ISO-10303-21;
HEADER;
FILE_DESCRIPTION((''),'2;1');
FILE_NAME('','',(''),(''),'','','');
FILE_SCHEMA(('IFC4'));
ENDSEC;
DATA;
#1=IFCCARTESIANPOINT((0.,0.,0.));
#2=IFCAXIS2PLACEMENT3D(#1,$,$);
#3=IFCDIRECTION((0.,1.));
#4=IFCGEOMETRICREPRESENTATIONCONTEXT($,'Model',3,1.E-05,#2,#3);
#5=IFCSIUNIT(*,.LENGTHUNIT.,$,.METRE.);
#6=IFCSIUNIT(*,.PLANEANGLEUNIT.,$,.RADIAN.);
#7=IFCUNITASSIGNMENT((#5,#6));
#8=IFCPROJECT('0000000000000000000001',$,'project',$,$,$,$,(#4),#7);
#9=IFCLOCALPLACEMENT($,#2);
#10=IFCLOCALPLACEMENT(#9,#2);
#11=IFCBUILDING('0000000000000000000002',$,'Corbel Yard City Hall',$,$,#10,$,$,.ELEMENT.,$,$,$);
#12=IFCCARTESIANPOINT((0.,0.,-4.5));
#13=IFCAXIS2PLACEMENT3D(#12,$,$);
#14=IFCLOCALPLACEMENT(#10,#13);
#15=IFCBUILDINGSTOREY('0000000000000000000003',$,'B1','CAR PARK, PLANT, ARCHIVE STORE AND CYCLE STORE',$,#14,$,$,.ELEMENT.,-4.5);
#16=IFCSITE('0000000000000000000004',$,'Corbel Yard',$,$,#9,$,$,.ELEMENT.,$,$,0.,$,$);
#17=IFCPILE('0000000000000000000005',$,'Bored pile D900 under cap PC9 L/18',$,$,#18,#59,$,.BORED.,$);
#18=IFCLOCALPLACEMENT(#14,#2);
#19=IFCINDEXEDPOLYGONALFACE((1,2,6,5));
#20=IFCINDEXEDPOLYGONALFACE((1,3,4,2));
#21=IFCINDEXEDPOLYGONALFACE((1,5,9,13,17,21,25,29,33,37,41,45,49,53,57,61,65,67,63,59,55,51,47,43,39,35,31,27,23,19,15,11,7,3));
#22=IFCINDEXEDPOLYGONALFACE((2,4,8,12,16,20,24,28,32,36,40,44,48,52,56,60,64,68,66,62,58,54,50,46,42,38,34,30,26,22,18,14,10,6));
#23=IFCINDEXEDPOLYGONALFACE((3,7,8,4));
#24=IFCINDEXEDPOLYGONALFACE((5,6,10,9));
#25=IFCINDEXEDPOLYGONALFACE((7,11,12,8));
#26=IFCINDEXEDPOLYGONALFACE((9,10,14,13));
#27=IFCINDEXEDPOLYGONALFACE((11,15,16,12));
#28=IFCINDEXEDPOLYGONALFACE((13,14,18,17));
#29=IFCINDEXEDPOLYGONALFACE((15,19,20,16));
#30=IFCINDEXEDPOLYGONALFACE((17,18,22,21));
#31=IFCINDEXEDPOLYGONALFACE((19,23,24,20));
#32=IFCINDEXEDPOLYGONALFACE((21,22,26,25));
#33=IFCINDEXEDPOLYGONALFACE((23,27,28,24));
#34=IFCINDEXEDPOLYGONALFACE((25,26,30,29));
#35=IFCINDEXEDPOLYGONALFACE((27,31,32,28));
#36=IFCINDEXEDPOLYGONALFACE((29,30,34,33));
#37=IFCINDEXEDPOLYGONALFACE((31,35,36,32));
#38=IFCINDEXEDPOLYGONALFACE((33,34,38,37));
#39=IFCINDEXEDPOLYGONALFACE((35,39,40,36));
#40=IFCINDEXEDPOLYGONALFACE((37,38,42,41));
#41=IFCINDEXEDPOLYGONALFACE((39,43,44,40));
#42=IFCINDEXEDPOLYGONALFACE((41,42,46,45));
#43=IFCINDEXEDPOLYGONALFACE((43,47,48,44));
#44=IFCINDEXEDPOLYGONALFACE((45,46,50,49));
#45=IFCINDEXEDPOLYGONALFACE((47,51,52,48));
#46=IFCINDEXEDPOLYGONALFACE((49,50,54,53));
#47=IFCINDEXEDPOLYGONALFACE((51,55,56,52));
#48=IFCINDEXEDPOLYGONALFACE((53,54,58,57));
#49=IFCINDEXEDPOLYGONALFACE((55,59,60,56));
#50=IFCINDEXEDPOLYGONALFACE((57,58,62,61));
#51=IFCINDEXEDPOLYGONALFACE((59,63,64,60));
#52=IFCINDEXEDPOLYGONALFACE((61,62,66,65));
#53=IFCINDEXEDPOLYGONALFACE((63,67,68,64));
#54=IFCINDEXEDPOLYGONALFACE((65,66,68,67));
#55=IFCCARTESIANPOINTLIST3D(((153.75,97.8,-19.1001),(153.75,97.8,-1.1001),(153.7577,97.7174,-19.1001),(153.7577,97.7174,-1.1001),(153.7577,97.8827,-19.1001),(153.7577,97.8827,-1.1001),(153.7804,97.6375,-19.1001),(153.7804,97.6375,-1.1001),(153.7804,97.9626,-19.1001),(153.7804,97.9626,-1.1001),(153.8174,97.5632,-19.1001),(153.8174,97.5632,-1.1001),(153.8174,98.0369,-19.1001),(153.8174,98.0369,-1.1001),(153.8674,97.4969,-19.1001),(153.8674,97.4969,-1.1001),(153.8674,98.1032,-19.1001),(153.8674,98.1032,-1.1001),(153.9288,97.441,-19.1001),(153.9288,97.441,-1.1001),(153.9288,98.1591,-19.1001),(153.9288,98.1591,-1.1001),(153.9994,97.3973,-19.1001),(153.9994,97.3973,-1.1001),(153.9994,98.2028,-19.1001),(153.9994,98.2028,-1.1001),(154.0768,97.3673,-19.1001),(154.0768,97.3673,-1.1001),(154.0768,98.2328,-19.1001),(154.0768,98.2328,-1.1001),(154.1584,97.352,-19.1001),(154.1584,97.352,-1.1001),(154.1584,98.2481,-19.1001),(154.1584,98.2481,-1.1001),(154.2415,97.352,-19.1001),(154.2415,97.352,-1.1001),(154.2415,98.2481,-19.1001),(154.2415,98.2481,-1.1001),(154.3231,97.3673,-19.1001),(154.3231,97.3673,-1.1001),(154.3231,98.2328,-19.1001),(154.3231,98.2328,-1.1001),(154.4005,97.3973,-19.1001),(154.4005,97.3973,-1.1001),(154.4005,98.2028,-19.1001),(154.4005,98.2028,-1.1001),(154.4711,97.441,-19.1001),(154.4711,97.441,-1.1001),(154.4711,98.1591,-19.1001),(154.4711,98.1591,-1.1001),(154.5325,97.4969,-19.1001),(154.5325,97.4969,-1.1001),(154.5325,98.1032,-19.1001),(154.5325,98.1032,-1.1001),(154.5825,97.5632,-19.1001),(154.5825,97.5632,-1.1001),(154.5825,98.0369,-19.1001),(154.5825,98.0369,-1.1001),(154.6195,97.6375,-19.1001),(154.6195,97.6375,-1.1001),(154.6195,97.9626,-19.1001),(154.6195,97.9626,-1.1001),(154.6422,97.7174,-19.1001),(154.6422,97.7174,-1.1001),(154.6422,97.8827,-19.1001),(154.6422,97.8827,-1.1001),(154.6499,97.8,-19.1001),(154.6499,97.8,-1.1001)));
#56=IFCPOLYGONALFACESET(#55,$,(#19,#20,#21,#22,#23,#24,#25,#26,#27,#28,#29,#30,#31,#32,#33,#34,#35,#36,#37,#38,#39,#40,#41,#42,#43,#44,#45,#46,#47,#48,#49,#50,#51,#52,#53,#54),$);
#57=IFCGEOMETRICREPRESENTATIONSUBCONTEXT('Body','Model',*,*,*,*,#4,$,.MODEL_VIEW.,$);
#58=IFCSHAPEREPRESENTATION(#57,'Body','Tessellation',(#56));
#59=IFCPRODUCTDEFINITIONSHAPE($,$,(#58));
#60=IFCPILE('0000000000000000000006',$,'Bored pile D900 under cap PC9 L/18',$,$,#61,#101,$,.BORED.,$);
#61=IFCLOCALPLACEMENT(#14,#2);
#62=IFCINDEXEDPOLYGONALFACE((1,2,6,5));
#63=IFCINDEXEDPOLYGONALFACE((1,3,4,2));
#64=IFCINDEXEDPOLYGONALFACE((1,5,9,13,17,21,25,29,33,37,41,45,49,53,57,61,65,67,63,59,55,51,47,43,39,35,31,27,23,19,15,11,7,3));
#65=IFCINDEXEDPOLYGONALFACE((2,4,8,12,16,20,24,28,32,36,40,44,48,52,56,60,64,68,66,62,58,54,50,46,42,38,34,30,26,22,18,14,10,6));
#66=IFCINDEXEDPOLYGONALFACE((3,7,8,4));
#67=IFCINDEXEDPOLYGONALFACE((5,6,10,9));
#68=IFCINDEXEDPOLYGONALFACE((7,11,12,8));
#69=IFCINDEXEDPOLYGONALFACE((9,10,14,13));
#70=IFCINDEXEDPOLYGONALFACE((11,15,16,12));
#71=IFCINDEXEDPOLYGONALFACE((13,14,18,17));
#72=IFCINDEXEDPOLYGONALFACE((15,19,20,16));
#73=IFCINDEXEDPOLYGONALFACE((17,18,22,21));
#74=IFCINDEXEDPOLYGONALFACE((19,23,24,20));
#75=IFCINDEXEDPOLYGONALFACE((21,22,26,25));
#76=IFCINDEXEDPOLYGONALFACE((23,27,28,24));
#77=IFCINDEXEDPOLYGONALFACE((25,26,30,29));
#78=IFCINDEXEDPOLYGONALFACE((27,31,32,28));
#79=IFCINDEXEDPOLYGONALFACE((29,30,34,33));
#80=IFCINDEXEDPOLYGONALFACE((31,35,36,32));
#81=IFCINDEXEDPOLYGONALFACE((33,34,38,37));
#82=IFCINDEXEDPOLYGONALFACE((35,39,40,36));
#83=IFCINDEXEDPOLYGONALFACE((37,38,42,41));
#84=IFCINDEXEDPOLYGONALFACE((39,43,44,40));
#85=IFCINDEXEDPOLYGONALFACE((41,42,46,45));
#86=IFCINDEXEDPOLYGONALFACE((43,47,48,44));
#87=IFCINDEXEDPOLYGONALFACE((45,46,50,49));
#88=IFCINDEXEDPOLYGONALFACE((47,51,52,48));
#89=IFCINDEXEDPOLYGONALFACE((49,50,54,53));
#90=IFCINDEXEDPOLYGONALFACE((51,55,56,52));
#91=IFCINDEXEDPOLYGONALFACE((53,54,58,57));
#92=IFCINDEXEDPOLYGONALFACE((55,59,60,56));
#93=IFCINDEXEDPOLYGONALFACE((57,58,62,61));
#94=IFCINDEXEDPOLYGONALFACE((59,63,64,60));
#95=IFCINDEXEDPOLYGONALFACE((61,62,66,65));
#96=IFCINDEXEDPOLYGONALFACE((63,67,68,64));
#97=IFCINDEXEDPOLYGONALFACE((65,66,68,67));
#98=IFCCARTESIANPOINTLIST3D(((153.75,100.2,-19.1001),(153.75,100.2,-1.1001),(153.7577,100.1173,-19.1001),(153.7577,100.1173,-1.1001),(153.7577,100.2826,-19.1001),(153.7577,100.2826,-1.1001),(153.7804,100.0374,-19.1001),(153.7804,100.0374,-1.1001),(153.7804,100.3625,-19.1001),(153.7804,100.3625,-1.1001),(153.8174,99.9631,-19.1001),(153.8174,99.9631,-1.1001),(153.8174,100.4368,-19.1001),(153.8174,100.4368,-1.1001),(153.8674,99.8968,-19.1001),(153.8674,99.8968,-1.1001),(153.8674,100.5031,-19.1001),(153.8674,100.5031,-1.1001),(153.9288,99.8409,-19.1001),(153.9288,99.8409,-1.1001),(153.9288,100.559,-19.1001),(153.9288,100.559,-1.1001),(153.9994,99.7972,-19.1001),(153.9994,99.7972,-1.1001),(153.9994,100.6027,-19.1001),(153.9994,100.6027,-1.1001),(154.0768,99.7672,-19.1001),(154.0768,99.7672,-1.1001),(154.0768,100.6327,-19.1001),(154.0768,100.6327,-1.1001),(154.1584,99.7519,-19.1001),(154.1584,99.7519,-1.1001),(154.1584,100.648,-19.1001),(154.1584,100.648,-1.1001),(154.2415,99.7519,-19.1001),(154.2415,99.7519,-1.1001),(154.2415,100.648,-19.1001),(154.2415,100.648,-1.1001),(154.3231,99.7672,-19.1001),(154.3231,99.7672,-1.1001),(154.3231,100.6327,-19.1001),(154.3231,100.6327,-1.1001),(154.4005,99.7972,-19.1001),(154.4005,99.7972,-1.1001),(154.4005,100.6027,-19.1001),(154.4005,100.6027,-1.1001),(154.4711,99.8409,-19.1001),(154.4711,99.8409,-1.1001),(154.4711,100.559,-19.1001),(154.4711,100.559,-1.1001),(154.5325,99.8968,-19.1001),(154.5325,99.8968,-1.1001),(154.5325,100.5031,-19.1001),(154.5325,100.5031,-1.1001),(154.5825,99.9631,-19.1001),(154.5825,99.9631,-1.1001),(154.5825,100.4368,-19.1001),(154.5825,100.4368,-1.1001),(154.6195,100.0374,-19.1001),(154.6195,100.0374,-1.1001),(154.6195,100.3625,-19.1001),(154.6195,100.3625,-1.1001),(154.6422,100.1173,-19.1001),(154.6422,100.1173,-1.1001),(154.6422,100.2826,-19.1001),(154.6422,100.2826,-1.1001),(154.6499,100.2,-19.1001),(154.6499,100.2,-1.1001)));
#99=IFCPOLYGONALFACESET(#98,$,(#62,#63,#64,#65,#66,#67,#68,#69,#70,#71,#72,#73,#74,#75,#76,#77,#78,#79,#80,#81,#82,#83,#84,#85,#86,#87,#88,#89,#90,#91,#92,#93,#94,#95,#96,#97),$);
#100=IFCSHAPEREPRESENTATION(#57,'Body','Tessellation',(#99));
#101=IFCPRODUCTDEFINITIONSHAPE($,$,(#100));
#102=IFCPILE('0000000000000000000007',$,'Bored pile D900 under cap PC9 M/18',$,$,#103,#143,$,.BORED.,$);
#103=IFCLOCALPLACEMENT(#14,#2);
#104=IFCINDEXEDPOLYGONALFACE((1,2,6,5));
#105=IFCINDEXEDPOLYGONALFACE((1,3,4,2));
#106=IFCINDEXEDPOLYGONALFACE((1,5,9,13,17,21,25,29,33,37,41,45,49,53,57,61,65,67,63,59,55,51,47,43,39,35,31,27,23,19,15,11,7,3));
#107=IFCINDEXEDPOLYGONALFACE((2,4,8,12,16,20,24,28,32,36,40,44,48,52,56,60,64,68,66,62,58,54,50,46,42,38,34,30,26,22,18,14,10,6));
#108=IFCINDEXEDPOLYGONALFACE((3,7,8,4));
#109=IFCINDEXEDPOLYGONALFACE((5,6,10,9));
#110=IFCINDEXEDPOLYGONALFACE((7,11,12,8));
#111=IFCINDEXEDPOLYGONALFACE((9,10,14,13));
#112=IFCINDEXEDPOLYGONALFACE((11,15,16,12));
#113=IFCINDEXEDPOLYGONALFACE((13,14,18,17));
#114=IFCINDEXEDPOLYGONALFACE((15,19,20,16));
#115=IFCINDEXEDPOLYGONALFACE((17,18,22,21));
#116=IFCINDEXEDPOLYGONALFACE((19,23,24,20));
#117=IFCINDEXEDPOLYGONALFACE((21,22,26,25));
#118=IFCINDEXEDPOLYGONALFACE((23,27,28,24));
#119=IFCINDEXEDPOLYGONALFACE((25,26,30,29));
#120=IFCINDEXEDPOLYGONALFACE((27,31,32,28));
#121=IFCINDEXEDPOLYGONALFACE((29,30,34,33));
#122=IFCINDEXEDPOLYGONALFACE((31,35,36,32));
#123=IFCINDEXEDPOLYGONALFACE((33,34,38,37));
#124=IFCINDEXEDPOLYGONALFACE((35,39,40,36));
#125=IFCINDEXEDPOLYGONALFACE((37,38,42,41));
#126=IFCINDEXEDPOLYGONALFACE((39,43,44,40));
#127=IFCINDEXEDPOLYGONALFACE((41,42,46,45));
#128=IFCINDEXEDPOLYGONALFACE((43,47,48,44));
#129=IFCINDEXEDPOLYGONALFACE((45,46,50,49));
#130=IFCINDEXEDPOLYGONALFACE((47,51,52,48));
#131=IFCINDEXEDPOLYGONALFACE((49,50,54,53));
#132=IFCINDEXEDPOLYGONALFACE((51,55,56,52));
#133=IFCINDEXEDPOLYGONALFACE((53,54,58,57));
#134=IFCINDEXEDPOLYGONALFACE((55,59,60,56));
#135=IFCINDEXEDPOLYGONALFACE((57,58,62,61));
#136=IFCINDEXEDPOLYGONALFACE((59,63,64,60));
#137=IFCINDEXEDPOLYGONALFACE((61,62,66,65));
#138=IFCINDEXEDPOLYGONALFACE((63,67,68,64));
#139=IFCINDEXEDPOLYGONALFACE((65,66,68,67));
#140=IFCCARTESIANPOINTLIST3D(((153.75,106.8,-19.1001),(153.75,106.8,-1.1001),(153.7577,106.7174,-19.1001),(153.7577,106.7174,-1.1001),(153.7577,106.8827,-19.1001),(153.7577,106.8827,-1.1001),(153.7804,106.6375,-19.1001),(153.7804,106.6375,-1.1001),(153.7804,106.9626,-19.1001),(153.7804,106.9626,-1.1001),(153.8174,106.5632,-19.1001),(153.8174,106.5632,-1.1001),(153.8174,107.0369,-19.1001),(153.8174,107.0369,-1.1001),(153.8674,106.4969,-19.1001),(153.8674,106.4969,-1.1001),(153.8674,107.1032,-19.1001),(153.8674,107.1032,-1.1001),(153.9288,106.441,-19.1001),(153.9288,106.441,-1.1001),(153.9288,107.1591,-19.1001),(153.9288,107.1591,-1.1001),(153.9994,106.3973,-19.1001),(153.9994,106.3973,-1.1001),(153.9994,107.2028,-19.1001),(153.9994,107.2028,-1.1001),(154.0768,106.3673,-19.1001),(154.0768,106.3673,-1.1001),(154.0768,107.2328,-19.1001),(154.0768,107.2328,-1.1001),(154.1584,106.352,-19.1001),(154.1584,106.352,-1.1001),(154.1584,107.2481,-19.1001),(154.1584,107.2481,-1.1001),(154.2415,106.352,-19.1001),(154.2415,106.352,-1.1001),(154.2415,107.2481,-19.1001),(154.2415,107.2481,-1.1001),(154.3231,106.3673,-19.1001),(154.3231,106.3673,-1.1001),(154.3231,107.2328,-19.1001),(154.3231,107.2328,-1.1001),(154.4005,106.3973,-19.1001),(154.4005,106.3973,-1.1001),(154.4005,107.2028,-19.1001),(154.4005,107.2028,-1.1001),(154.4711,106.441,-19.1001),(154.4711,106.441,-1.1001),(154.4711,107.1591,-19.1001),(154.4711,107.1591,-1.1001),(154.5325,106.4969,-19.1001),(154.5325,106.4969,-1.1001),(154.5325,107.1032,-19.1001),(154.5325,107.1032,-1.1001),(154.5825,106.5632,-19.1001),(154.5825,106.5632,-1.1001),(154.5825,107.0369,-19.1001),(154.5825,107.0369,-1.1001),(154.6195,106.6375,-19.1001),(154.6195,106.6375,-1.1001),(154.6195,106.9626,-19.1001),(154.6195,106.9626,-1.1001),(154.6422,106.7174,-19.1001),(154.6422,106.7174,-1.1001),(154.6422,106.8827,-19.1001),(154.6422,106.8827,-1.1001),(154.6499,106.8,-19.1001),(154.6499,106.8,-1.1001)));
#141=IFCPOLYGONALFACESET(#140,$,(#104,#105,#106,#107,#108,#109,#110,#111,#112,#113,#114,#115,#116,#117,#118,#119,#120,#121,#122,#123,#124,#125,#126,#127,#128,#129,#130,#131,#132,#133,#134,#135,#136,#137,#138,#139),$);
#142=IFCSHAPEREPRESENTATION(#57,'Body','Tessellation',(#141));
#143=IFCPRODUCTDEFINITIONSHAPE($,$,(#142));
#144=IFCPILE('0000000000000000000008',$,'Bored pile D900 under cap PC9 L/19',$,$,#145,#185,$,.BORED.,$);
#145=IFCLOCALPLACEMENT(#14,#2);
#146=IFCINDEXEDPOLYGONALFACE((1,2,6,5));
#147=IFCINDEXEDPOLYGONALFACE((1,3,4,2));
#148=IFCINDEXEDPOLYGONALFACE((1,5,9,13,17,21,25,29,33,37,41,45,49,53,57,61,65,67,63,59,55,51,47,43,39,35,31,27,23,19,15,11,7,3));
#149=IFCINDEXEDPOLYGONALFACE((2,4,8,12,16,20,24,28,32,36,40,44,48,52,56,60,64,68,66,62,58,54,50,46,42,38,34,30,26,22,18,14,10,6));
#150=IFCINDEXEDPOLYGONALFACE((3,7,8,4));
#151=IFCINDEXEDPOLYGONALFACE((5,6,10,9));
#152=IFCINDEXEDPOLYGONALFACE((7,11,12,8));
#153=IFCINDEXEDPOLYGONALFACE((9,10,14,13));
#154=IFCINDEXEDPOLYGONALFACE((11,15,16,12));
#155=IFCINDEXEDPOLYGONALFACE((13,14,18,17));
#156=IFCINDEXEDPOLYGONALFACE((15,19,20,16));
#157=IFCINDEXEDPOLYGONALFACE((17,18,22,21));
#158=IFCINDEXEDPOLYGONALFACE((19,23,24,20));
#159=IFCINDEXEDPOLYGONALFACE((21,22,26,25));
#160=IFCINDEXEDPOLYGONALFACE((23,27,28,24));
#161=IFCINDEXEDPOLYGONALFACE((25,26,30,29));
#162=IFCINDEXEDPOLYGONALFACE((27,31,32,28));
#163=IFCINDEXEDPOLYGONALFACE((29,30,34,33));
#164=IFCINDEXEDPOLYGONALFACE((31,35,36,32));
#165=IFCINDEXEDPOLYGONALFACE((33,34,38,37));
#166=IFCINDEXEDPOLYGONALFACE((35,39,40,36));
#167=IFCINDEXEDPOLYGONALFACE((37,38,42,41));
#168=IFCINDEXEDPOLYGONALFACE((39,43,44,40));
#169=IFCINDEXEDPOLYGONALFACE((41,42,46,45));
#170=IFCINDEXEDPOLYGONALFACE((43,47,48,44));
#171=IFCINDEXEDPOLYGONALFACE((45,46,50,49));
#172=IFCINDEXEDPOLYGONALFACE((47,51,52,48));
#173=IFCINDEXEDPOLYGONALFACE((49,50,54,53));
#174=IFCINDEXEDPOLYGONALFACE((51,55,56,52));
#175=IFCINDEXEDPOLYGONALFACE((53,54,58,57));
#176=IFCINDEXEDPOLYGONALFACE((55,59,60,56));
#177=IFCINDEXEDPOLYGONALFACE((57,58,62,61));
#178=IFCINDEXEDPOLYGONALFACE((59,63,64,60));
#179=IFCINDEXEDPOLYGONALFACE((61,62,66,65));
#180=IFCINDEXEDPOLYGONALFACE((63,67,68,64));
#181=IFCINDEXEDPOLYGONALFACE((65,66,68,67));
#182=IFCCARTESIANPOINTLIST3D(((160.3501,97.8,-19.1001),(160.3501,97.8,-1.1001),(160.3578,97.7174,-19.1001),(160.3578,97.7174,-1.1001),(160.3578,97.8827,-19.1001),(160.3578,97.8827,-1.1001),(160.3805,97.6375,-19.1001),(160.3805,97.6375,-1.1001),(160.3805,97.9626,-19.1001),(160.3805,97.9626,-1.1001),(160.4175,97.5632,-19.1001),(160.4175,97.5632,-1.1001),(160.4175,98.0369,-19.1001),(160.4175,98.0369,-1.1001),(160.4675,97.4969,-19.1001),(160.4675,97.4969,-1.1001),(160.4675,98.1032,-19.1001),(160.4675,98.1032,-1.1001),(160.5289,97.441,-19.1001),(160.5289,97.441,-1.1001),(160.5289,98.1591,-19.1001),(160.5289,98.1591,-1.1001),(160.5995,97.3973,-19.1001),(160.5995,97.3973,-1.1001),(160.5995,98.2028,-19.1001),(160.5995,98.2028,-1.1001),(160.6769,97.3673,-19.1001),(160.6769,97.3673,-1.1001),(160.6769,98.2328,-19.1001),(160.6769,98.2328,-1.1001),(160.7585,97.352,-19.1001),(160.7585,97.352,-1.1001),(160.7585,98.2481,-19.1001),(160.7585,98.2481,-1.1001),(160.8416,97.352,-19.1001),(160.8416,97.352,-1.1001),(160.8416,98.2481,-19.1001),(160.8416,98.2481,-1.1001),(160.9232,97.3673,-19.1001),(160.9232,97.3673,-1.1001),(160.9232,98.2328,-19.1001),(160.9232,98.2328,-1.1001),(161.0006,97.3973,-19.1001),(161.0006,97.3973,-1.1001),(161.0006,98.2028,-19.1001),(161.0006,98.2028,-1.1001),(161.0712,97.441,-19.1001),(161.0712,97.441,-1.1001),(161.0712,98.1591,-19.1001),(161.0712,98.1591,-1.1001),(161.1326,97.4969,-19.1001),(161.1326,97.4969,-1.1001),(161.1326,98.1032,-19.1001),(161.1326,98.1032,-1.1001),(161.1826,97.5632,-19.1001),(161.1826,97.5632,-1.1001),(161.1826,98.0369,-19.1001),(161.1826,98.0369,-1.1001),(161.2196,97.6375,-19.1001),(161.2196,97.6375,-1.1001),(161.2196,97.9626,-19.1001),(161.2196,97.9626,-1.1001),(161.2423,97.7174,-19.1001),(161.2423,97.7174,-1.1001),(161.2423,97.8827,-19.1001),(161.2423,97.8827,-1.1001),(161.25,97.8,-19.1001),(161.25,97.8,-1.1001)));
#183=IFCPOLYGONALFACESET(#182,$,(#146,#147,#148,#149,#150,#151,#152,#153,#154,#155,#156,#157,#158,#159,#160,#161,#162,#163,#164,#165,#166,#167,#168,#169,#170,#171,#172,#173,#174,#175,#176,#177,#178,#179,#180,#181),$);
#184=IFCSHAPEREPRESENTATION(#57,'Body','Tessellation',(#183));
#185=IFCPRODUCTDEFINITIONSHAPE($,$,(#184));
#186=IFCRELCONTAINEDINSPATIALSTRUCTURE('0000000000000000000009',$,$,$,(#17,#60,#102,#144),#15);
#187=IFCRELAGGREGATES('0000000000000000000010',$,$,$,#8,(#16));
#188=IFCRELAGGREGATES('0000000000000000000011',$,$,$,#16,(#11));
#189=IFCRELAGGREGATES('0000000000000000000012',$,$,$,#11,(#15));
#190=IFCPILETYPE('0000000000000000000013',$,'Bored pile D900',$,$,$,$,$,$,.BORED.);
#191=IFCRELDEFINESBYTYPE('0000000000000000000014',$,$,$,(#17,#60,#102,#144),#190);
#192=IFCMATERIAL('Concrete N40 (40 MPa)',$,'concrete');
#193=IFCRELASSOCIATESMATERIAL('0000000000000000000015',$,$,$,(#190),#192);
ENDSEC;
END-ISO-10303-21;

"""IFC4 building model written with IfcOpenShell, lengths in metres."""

from ifc_helpers import new_model, si_unit, direction, frame, origin, origin_2d, place, context, subcontext, project, spatial, circle, extrude, material, material_profile, profile_set, type_object, element, save


model = new_model("IFC4")

# Units and contexts
model_context = context("Model", 3, precision=1e-05, world=origin(), true_north=direction((0.0, 1.0)))
body_context = subcontext(model_context, "Body", "Model", "MODEL_VIEW")
ifc_project = project(units=[si_unit("LENGTHUNIT", "METRE"), si_unit("PLANEANGLEUNIT", "RADIAN")], contexts=[model_context])

# Site, building, storey
site_placement = place(None, origin())
site = spatial("IfcSite", under=ifc_project, at=site_placement, Name="Corbel Yard", CompositionType="ELEMENT", RefElevation=0.0)
building_placement = place(site_placement, origin())
building = spatial("IfcBuilding", under=site, at=building_placement, Name="Corbel Yard City Hall", CompositionType="ELEMENT")
storey_placement = place(building_placement, frame((0.0, 0.0, -4.5)))
storey = spatial("IfcBuildingStorey", under=building, at=storey_placement, Name="B1", Description="CAR PARK, PLANT, ARCHIVE STORE AND CYCLE STORE", CompositionType="ELEMENT", Elevation=-4.5)

# Piles
ifc_material_1 = material(Name="Concrete N40 (40 MPa)", Category="concrete")
ifc_material_profile_1 = material_profile(ifc_material_1, circle(Radius=0.45, at=origin_2d()), Name="D900")
ifc_profile_set_1 = profile_set([ifc_material_profile_1], Name="Concrete N40 (40 MPa)")
pile_type = type_object("IfcPileType", Name="Bored pile D900", PredefinedType="BORED", material=ifc_profile_set_1)
for number, where, z_axis, x_axis, name in (
    (1, (154.2, 97.8, -1.1001), (0.0, 0.0, -1.0), (1.0, 0.0, 0.0), "Bored pile D900 under cap PC9 L/18"),
    (2, (154.2, 100.2, -1.1001), (0.0, 0.0, -1.0), (1.0, 0.0, 0.0), "Bored pile D900 under cap PC9 L/18"),
    (3, (154.2, 106.8, -1.1001), (0.0, 0.0, -1.0), (1.0, 0.0, 0.0), "Bored pile D900 under cap PC9 M/18"),
    (4, (160.8, 97.8, -1.1001), (0.0, 0.0, -1.0), (1.0, 0.0, 0.0), "Bored pile D900 under cap PC9 L/19"),
):
    element("IfcPile", number, at=place(storey_placement, frame(where, z_axis=z_axis, x_axis=x_axis)), inside=storey, type_object=pile_type, Name=name, PredefinedType="BORED", context=body_context, shape_type="SweptSolid", body=[
        extrude(circle(Radius=0.45, at=origin_2d()), origin(), (0.0, 0.0, 1.0), 18.0),
    ])

save(model, "model.ifc")
